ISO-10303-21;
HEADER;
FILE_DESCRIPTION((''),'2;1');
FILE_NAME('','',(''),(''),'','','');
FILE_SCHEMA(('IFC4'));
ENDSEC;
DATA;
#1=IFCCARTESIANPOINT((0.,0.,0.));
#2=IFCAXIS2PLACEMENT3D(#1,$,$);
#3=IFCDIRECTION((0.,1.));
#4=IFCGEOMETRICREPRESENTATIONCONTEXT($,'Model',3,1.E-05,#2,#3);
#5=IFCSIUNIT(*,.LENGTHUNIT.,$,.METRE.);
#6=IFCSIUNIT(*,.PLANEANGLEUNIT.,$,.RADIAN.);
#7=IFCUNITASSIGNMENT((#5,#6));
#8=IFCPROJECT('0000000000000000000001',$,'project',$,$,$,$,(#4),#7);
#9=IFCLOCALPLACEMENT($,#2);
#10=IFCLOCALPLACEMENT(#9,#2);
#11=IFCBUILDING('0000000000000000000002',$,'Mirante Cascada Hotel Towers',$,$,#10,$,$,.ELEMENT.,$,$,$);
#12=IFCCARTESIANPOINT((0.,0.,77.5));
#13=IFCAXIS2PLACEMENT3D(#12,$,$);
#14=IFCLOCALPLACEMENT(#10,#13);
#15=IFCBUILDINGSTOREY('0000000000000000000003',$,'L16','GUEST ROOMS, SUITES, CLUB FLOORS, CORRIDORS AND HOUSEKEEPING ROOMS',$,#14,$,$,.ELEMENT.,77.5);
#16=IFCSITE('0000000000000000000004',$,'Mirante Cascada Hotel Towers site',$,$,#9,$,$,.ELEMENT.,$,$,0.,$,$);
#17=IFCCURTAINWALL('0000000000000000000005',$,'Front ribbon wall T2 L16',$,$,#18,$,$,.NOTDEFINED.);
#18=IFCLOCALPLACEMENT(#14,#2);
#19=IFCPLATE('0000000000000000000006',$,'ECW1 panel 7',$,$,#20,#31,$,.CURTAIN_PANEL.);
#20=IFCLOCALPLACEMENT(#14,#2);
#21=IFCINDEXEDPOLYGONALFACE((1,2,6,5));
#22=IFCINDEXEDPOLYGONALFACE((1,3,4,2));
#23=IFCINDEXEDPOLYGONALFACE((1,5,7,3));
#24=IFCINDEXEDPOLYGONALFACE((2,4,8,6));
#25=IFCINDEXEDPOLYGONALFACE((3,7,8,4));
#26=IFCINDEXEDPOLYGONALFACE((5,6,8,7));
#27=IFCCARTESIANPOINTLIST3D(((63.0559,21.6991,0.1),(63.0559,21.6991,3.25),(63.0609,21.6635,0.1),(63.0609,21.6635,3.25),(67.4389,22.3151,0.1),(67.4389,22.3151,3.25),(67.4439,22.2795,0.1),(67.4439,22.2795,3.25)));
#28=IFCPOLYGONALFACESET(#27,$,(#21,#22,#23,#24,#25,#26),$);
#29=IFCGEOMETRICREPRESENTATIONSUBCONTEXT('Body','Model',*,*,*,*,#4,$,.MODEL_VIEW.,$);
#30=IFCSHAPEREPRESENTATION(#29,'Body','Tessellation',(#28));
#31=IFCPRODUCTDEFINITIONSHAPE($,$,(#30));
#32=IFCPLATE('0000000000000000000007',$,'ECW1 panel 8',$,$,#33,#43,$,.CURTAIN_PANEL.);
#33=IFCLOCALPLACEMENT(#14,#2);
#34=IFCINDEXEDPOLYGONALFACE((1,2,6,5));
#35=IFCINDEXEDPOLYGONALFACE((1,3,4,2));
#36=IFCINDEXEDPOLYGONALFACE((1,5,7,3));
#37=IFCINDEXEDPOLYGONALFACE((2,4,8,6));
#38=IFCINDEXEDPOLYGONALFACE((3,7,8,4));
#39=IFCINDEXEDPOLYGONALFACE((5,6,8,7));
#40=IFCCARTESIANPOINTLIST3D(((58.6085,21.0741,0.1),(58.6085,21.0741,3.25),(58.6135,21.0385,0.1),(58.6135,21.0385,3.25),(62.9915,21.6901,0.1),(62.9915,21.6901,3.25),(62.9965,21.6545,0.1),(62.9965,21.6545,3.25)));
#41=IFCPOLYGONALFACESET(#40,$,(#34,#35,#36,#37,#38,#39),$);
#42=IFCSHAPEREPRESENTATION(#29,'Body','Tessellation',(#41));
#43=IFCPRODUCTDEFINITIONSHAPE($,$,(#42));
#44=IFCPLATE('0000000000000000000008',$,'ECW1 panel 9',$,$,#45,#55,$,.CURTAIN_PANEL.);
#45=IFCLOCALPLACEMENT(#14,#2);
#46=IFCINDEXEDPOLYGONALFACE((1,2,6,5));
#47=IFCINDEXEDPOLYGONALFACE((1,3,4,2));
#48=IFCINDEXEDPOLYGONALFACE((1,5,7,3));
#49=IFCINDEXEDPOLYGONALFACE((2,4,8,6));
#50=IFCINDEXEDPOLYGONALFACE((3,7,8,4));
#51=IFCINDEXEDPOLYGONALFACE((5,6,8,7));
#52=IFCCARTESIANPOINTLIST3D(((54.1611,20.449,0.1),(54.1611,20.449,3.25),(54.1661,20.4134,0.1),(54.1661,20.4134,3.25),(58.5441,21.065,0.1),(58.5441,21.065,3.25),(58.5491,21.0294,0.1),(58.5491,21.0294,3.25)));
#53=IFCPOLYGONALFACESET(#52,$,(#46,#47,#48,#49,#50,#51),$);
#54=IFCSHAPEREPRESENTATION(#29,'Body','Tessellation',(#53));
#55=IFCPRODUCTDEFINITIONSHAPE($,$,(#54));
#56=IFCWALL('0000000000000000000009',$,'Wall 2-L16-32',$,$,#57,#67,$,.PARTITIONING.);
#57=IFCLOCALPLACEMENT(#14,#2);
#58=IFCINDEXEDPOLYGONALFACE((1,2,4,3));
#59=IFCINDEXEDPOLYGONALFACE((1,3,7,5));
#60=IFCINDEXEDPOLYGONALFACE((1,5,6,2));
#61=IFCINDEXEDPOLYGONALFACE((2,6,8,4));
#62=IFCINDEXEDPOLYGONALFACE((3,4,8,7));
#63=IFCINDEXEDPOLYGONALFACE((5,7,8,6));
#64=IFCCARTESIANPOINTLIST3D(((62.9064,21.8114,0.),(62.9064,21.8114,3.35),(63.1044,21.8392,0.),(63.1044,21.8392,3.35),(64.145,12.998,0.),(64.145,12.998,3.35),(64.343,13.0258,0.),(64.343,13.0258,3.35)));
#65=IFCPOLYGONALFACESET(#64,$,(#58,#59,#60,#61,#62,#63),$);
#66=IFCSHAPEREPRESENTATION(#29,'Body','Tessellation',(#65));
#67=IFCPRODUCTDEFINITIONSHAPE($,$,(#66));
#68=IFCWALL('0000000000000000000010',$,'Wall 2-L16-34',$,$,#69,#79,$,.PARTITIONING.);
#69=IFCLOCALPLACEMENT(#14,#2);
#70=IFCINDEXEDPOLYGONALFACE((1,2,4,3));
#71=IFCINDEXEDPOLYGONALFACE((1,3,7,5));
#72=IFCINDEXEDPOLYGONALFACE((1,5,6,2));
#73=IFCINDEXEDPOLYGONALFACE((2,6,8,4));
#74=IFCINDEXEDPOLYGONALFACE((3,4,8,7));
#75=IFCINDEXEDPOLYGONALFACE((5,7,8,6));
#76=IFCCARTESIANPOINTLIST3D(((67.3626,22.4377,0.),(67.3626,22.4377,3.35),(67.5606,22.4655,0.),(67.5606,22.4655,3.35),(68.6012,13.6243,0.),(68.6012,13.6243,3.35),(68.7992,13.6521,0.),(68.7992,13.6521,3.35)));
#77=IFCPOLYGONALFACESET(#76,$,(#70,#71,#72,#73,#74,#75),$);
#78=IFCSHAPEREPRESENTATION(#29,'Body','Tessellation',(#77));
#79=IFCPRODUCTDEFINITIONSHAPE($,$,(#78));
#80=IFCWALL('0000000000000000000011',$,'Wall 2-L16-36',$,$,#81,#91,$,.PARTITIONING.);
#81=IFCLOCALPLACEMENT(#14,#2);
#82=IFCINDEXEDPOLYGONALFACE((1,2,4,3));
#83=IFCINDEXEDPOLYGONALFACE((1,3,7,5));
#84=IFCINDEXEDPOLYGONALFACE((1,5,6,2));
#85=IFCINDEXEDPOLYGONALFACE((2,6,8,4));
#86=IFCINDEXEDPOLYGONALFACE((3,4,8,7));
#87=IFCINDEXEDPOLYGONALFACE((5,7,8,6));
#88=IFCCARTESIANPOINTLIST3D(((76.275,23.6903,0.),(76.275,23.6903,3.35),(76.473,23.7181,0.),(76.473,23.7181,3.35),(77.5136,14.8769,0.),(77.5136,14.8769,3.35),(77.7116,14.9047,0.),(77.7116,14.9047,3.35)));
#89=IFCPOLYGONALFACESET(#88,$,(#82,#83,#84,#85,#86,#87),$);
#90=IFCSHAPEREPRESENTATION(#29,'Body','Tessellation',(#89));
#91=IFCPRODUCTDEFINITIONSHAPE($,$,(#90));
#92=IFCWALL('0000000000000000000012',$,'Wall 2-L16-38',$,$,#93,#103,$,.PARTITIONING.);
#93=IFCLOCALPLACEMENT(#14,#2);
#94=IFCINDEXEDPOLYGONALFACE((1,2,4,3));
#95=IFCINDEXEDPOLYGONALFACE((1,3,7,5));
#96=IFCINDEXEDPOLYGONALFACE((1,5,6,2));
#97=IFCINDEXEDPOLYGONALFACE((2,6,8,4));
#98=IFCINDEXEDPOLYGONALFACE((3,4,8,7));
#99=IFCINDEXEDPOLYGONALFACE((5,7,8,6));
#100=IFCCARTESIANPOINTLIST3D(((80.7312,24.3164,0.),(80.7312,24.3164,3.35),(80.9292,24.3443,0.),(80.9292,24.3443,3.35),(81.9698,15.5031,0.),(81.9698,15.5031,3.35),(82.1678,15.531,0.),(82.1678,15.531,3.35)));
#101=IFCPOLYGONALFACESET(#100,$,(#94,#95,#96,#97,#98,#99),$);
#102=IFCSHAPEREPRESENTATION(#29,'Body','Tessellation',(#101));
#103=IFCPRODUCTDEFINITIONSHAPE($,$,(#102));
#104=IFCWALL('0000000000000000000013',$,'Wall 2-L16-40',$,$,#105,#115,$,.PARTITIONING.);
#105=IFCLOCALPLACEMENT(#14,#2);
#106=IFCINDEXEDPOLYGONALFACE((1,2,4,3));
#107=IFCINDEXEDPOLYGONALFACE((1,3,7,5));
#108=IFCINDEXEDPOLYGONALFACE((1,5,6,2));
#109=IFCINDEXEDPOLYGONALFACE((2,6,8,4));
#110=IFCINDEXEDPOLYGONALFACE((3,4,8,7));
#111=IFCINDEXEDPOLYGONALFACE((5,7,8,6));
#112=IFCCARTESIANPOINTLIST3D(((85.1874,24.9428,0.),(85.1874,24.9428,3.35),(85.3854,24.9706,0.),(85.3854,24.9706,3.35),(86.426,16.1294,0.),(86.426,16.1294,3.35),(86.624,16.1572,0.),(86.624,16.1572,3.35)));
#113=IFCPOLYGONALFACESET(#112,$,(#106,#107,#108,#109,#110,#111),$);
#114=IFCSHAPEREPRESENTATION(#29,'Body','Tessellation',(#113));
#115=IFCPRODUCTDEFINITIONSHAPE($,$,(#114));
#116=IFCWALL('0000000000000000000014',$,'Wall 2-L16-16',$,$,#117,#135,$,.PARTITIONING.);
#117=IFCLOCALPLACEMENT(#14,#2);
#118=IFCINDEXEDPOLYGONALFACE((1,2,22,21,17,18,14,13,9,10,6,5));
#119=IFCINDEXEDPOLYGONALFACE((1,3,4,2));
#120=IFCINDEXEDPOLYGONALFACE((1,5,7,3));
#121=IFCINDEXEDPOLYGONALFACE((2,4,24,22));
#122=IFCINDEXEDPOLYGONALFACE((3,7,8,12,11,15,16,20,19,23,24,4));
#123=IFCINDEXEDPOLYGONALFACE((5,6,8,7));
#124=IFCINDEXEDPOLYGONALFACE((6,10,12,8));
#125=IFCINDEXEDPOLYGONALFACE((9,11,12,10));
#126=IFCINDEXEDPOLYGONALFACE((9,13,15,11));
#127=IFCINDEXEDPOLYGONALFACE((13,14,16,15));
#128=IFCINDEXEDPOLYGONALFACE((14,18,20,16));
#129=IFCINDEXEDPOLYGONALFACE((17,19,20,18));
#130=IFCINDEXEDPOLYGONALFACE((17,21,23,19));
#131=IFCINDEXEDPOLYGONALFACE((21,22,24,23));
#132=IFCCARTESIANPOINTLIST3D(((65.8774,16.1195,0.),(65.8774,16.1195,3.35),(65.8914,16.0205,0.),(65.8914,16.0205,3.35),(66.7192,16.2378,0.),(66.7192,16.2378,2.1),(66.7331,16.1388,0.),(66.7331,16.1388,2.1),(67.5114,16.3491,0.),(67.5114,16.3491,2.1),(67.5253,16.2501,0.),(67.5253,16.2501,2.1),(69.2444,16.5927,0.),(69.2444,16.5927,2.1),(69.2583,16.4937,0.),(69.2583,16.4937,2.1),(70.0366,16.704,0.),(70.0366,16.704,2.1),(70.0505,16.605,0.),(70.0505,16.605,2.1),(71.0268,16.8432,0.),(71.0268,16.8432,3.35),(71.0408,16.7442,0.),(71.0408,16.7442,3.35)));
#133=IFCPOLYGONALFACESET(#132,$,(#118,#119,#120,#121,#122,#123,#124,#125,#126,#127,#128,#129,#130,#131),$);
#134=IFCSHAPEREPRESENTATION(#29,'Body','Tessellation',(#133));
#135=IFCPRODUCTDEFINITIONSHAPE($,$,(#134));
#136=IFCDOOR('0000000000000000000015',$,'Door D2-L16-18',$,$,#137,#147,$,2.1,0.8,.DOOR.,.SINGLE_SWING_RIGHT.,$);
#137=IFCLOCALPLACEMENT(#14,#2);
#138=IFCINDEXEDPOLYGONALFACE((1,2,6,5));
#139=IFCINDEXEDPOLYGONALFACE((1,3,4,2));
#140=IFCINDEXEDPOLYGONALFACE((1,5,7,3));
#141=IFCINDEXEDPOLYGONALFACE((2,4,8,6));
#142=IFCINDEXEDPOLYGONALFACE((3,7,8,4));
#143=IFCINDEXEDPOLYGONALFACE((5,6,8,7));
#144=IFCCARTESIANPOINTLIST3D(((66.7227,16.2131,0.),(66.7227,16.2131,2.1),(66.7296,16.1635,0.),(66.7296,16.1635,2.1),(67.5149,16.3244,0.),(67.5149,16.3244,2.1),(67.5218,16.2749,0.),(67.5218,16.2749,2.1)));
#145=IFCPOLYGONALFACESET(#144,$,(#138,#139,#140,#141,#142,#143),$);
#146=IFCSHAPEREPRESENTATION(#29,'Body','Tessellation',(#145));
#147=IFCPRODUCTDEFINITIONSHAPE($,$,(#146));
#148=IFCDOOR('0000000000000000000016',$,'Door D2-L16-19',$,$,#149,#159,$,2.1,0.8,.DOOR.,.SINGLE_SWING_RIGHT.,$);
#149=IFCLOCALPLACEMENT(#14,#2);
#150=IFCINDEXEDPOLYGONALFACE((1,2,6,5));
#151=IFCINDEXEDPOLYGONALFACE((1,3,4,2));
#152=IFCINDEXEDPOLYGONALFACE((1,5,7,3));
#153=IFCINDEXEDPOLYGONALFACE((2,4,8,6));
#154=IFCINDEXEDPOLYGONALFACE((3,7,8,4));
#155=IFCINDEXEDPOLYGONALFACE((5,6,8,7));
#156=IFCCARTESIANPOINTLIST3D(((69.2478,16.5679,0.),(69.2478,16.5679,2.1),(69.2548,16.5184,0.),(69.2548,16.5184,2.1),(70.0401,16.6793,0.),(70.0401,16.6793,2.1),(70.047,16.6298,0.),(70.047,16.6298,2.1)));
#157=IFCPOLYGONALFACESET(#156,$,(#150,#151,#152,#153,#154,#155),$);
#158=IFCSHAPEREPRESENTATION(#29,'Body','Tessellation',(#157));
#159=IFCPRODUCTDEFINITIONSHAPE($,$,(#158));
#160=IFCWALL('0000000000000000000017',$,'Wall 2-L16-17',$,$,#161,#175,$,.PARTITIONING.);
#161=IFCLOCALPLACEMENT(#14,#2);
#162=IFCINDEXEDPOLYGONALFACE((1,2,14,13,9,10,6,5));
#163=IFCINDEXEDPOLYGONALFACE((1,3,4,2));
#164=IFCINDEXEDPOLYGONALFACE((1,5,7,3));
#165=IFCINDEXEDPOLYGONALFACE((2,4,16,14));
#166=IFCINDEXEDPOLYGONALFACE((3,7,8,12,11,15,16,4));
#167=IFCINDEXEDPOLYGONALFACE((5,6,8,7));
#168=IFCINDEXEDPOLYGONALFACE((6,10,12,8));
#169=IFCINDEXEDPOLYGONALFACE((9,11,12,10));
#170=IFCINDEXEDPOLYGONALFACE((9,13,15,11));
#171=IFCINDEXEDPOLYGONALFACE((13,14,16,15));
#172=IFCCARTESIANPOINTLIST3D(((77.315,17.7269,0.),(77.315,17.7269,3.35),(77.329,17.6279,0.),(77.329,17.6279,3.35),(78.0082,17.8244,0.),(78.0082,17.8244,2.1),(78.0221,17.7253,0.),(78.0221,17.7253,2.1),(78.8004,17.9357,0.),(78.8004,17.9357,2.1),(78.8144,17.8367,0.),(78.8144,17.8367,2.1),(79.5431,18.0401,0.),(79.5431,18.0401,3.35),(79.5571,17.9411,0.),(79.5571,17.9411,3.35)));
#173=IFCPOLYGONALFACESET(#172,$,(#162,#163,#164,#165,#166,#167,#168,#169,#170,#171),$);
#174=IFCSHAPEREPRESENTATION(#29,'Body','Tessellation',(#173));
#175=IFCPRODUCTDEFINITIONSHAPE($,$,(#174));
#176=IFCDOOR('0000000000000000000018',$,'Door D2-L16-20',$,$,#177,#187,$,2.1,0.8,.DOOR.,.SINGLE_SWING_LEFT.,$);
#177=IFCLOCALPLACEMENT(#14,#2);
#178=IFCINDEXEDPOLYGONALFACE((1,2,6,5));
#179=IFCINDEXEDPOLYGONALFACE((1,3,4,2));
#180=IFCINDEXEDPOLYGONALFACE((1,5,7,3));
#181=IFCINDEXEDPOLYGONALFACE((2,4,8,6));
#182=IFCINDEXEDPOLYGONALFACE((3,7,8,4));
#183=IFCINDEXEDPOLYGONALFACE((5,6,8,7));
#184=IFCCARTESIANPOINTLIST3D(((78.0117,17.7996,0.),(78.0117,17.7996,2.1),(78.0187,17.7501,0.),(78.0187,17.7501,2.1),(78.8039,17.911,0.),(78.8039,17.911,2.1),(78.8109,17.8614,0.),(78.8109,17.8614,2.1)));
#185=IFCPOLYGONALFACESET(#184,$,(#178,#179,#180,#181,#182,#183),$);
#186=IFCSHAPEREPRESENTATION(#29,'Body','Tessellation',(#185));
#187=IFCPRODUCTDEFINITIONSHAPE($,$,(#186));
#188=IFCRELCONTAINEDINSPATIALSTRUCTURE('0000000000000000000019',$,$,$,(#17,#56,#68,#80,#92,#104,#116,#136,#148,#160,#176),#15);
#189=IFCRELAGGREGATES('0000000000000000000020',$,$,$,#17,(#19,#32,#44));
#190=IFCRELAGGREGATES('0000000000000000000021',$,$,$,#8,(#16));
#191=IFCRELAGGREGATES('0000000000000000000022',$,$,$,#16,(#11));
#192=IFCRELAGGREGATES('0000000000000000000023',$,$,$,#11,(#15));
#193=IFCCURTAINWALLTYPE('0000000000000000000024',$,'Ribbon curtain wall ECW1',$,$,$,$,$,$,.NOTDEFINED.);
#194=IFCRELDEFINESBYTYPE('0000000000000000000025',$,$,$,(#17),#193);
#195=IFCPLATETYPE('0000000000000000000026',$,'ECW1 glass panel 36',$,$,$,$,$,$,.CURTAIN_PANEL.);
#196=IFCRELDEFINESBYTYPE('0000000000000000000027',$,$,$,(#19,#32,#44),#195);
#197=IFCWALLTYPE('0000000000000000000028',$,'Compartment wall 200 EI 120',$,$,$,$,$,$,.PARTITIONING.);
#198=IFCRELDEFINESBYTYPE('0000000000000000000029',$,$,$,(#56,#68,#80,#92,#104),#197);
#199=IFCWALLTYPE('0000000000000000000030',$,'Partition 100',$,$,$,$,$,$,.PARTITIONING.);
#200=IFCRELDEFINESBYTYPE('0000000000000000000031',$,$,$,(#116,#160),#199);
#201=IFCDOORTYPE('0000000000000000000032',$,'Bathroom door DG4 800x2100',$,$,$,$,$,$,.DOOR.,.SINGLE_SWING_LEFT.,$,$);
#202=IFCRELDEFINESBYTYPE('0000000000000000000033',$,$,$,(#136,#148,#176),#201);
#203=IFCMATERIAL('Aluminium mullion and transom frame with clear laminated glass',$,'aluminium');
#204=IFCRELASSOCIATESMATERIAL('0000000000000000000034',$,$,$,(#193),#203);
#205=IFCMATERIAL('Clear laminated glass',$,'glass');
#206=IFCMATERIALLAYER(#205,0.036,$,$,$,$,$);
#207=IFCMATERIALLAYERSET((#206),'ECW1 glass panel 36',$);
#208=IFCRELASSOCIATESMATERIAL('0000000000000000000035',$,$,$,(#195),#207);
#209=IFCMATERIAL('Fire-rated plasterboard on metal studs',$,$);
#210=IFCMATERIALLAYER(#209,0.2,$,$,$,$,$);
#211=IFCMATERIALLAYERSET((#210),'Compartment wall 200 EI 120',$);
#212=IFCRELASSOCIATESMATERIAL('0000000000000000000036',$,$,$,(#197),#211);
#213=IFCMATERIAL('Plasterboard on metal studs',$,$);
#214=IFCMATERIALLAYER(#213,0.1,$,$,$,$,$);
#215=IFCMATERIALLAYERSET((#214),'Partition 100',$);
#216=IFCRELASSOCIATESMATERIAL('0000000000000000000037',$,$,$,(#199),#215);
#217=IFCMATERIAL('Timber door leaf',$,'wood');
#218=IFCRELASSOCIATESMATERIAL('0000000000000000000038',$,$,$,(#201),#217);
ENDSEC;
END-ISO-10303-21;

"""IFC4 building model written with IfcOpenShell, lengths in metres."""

from ifc_helpers import new_model, si_unit, direction, frame, frame_2d, origin, origin_2d, place, context, subcontext, project, spatial, rectangle, extrude, material, layer, layer_set, type_object, element, fill, aggregate, save


model = new_model("IFC4")

# Units and contexts
model_context = context("Model", 3, precision=1e-05, world=origin(), true_north=direction((0.0, 1.0)))
body_context = subcontext(model_context, "Body", "Model", "MODEL_VIEW")
ifc_project = project(units=[si_unit("LENGTHUNIT", "METRE"), si_unit("PLANEANGLEUNIT", "RADIAN")], contexts=[model_context])

# Site, building, storey
site_placement = place(None, origin())
site = spatial("IfcSite", under=ifc_project, at=site_placement, Name="Mirante Cascada Hotel Towers site", CompositionType="ELEMENT", RefElevation=0.0)
building_placement = place(site_placement, origin())
building = spatial("IfcBuilding", under=site, at=building_placement, Name="Mirante Cascada Hotel Towers", CompositionType="ELEMENT")
storey_placement = place(building_placement, frame((0.0, 0.0, 77.5)))
storey = spatial("IfcBuildingStorey", under=building, at=storey_placement, Name="L16", Description="GUEST ROOMS, SUITES, CLUB FLOORS, CORRIDORS AND HOUSEKEEPING ROOMS", CompositionType="ELEMENT", Elevation=77.5)

# Curtain wall, plates
ifc_material_1 = material(Name="Aluminium mullion and transom frame with clear laminated glass", Category="aluminium")
curtain_wall_type = type_object("IfcCurtainWallType", Name="Ribbon curtain wall ECW1", PredefinedType="NOTDEFINED", material=ifc_material_1)
curtain_wall_placement = place(storey_placement, origin())
curtain_wall = element("IfcCurtainWall", 1, at=curtain_wall_placement, inside=storey, type_object=curtain_wall_type, Name="Front ribbon wall T2 L16", PredefinedType="NOTDEFINED")
ifc_material_2 = material(Name="Clear laminated glass", Category="glass")
ifc_layer_1 = layer(ifc_material_2, 0.036)
ifc_layer_set_1 = layer_set([ifc_layer_1], Name="ECW1 glass panel 36")
plate_type = type_object("IfcPlateType", Name="ECW1 glass panel 36", PredefinedType="CURTAIN_PANEL", material=ifc_layer_set_1)
plate_1_placement = place(storey_placement, frame((65.2499, 21.9893, 0.1), z_axis=(0.0, 0.0, 1.0), x_axis=(-0.990268, -0.139173, 0.0)))
plate_1 = element("IfcPlate", 2, at=plate_1_placement, type_object=plate_type, Name="ECW1 panel 7", PredefinedType="CURTAIN_PANEL", context=body_context, shape_type="SweptSolid", body=[
    extrude(rectangle(XDim=4.4261, YDim=0.036, at=origin_2d()), origin(), (0.0, 0.0, 1.0), 3.15),
])
plate_2_placement = place(storey_placement, frame((60.8025, 21.3643, 0.1), z_axis=(0.0, 0.0, 1.0), x_axis=(-0.990268, -0.139173, 0.0)))
plate_2 = element("IfcPlate", 3, at=plate_2_placement, type_object=plate_type, Name="ECW1 panel 8", PredefinedType="CURTAIN_PANEL", context=body_context, shape_type="SweptSolid", body=[
    extrude(rectangle(XDim=4.4261, YDim=0.036, at=origin_2d()), origin(), (0.0, 0.0, 1.0), 3.15),
])
plate_3_placement = place(storey_placement, frame((56.3551, 20.7392, 0.1), z_axis=(0.0, 0.0, 1.0), x_axis=(-0.990268, -0.139173, 0.0)))
plate_3 = element("IfcPlate", 4, at=plate_3_placement, type_object=plate_type, Name="ECW1 panel 9", PredefinedType="CURTAIN_PANEL", context=body_context, shape_type="SweptSolid", body=[
    extrude(rectangle(XDim=4.4261, YDim=0.036, at=origin_2d()), origin(), (0.0, 0.0, 1.0), 3.15),
])
aggregate(curtain_wall, [plate_1, plate_2, plate_3])

# Walls
ifc_material_3 = material(Name="Fire-rated plasterboard on metal studs")
ifc_layer_2 = layer(ifc_material_3, 0.2)
ifc_layer_set_2 = layer_set([ifc_layer_2], Name="Compartment wall 200 EI 120")
wall_type_1 = type_object("IfcWallType", Name="Compartment wall 200 EI 120", PredefinedType="PARTITIONING", material=ifc_layer_set_2)
for number, where, z_axis, x_axis, name in (
    (5, (63.0054, 21.8253, 0.0), (0.0, 0.0, 1.0), (0.139168, -0.990269, 0.0), "Wall 2-L16-32"),
    (6, (67.4616, 22.4516, 0.0), (0.0, 0.0, 1.0), (0.139168, -0.990269, 0.0), "Wall 2-L16-34"),
    (7, (76.374, 23.7042, 0.0), (0.0, 0.0, 1.0), (0.139168, -0.990269, 0.0), "Wall 2-L16-36"),
):
    element("IfcWall", number, at=place(storey_placement, frame(where, z_axis=z_axis, x_axis=x_axis)), inside=storey, type_object=wall_type_1, Name=name, PredefinedType="PARTITIONING", context=body_context, shape_type="SweptSolid", body=[
        extrude(rectangle(XDim=8.9, YDim=0.2, at=frame_2d((4.45, 0.0))), origin(), (0.0, 0.0, 1.0), 3.35),
    ])
wall_1_placement = place(storey_placement, frame((80.8302, 24.3304, 0.0), z_axis=(0.0, 0.0, 1.0), x_axis=(0.13917, -0.990268, 0.0)))
element("IfcWall", 8, at=wall_1_placement, inside=storey, type_object=wall_type_1, Name="Wall 2-L16-38", PredefinedType="PARTITIONING", context=body_context, shape_type="SweptSolid", body=[
    extrude(rectangle(XDim=8.8999, YDim=0.2, at=frame_2d((4.45, 0.0))), origin(), (0.0, 0.0, 1.0), 3.35),
])
wall_2_placement = place(storey_placement, frame((85.2864, 24.9567, 0.0), z_axis=(0.0, 0.0, 1.0), x_axis=(0.139168, -0.990269, 0.0)))
element("IfcWall", 9, at=wall_2_placement, inside=storey, type_object=wall_type_1, Name="Wall 2-L16-40", PredefinedType="PARTITIONING", context=body_context, shape_type="SweptSolid", body=[
    extrude(rectangle(XDim=8.9, YDim=0.2, at=frame_2d((4.45, 0.0))), origin(), (0.0, 0.0, 1.0), 3.35),
])

# Wall, openings, doors
ifc_material_4 = material(Name="Plasterboard on metal studs")
ifc_layer_3 = layer(ifc_material_4, 0.1)
ifc_layer_set_3 = layer_set([ifc_layer_3], Name="Partition 100")
wall_type_2 = type_object("IfcWallType", Name="Partition 100", PredefinedType="PARTITIONING", material=ifc_layer_set_3)
wall_3_placement = place(storey_placement, frame((71.0338, 16.7937, 0.0), z_axis=(0.0, 0.0, 1.0), x_axis=(-0.990268, -0.139173, 0.0)))
wall_3 = element("IfcWall", 10, at=wall_3_placement, inside=storey, type_object=wall_type_2, Name="Wall 2-L16-16", PredefinedType="PARTITIONING", context=body_context, shape_type="SweptSolid", body=[
    extrude(rectangle(XDim=5.2, YDim=0.1, at=frame_2d((2.6, 0.0))), origin(), (0.0, 0.0, 1.0), 3.35),
])
opening_1_placement = place(wall_3_placement, frame((3.55, 0.0, 0.0)))
opening_1 = element("IfcOpeningElement", 11, at=opening_1_placement, cuts=wall_3, PredefinedType="OPENING", context=body_context, shape_type="SweptSolid", body=[
    extrude(rectangle(XDim=0.8, YDim=2.1, at=frame_2d((0.4, 1.05))), frame((0.0, 0.05, 0.0), z_axis=(0.0, -1.0, 0.0), x_axis=(1.0, 0.0, 0.0)), (0.0, 0.0, 1.0), 0.1),
])
opening_2_placement = place(wall_3_placement, frame((1.0, 0.0, 0.0)))
opening_2 = element("IfcOpeningElement", 12, at=opening_2_placement, cuts=wall_3, PredefinedType="OPENING", context=body_context, shape_type="SweptSolid", body=[
    extrude(rectangle(XDim=0.8, YDim=2.1, at=frame_2d((0.4, 1.05))), frame((0.0, 0.05, 0.0), z_axis=(0.0, -1.0, 0.0), x_axis=(1.0, 0.0, 0.0)), (0.0, 0.0, 1.0), 0.1),
])
ifc_material_5 = material(Name="Timber door leaf", Category="wood")
door_type = type_object("IfcDoorType", Name="Bathroom door DG4 800x2100", OperationType="SINGLE_SWING_LEFT", PredefinedType="DOOR", material=ifc_material_5)
door_1_placement = place(opening_1_placement, frame((0.8, 0.0, 0.0), z_axis=(0.0, 0.0, 1.0), x_axis=(-1.0, 0.0, 0.0)))
door_1 = element("IfcDoor", 13, at=door_1_placement, inside=storey, type_object=door_type, Name="Door D2-L16-18", OperationType="SINGLE_SWING_RIGHT", OverallHeight=2.1, OverallWidth=0.8, PredefinedType="DOOR", context=body_context, shape_type="SweptSolid", body=[
    extrude(rectangle(XDim=0.8, YDim=2.1, at=frame_2d((0.4, 1.05))), frame((0.0, 0.025, 0.0), z_axis=(0.0, -1.0, 0.0), x_axis=(1.0, 0.0, 0.0)), (0.0, 0.0, 1.0), 0.05),
])
fill(opening_1, door_1)
door_2_placement = place(opening_2_placement, frame((0.8, 0.0, 0.0), z_axis=(0.0, 0.0, 1.0), x_axis=(-1.0, 0.0, 0.0)))
door_2 = element("IfcDoor", 14, at=door_2_placement, inside=storey, type_object=door_type, Name="Door D2-L16-19", OperationType="SINGLE_SWING_RIGHT", OverallHeight=2.1, OverallWidth=0.8, PredefinedType="DOOR", context=body_context, shape_type="SweptSolid", body=[
    extrude(rectangle(XDim=0.8, YDim=2.1, at=frame_2d((0.4, 1.05))), frame((0.0, 0.025, 0.0), z_axis=(0.0, -1.0, 0.0), x_axis=(1.0, 0.0, 0.0)), (0.0, 0.0, 1.0), 0.05),
])
fill(opening_2, door_2)

# Wall, opening, door
wall_4_placement = place(storey_placement, frame((77.322, 17.6774, 0.0), z_axis=(0.0, 0.0, 1.0), x_axis=(0.990264, 0.1392, 0.0)))
wall_4 = element("IfcWall", 15, at=wall_4_placement, inside=storey, type_object=wall_type_2, Name="Wall 2-L16-17", PredefinedType="PARTITIONING", context=body_context, shape_type="SweptSolid", body=[
    extrude(rectangle(XDim=2.25, YDim=0.1, at=frame_2d((1.125, 0.0))), origin(), (0.0, 0.0, 1.0), 3.35),
])
opening_3_placement = place(wall_4_placement, frame((0.7, 0.0, 0.0)))
opening_3 = element("IfcOpeningElement", 16, at=opening_3_placement, cuts=wall_4, PredefinedType="OPENING", context=body_context, shape_type="SweptSolid", body=[
    extrude(rectangle(XDim=0.8, YDim=2.1, at=frame_2d((0.4, 1.05))), frame((0.0, 0.05, 0.0), z_axis=(0.0, -1.0, 0.0), x_axis=(1.0, 0.0, 0.0)), (0.0, 0.0, 1.0), 0.1),
])
door_3_placement = place(opening_3_placement, origin())
door_3 = element("IfcDoor", 17, at=door_3_placement, inside=storey, type_object=door_type, Name="Door D2-L16-20", OperationType="SINGLE_SWING_LEFT", OverallHeight=2.1, OverallWidth=0.8, PredefinedType="DOOR", context=body_context, shape_type="SweptSolid", body=[
    extrude(rectangle(XDim=0.8, YDim=2.1, at=frame_2d((0.4, 1.05))), frame((0.0, 0.025, 0.0), z_axis=(0.0, -1.0, 0.0), x_axis=(1.0, 0.0, 0.0)), (0.0, 0.0, 1.0), 0.05),
])
fill(opening_3, door_3)

save(model, "model.ifc")
